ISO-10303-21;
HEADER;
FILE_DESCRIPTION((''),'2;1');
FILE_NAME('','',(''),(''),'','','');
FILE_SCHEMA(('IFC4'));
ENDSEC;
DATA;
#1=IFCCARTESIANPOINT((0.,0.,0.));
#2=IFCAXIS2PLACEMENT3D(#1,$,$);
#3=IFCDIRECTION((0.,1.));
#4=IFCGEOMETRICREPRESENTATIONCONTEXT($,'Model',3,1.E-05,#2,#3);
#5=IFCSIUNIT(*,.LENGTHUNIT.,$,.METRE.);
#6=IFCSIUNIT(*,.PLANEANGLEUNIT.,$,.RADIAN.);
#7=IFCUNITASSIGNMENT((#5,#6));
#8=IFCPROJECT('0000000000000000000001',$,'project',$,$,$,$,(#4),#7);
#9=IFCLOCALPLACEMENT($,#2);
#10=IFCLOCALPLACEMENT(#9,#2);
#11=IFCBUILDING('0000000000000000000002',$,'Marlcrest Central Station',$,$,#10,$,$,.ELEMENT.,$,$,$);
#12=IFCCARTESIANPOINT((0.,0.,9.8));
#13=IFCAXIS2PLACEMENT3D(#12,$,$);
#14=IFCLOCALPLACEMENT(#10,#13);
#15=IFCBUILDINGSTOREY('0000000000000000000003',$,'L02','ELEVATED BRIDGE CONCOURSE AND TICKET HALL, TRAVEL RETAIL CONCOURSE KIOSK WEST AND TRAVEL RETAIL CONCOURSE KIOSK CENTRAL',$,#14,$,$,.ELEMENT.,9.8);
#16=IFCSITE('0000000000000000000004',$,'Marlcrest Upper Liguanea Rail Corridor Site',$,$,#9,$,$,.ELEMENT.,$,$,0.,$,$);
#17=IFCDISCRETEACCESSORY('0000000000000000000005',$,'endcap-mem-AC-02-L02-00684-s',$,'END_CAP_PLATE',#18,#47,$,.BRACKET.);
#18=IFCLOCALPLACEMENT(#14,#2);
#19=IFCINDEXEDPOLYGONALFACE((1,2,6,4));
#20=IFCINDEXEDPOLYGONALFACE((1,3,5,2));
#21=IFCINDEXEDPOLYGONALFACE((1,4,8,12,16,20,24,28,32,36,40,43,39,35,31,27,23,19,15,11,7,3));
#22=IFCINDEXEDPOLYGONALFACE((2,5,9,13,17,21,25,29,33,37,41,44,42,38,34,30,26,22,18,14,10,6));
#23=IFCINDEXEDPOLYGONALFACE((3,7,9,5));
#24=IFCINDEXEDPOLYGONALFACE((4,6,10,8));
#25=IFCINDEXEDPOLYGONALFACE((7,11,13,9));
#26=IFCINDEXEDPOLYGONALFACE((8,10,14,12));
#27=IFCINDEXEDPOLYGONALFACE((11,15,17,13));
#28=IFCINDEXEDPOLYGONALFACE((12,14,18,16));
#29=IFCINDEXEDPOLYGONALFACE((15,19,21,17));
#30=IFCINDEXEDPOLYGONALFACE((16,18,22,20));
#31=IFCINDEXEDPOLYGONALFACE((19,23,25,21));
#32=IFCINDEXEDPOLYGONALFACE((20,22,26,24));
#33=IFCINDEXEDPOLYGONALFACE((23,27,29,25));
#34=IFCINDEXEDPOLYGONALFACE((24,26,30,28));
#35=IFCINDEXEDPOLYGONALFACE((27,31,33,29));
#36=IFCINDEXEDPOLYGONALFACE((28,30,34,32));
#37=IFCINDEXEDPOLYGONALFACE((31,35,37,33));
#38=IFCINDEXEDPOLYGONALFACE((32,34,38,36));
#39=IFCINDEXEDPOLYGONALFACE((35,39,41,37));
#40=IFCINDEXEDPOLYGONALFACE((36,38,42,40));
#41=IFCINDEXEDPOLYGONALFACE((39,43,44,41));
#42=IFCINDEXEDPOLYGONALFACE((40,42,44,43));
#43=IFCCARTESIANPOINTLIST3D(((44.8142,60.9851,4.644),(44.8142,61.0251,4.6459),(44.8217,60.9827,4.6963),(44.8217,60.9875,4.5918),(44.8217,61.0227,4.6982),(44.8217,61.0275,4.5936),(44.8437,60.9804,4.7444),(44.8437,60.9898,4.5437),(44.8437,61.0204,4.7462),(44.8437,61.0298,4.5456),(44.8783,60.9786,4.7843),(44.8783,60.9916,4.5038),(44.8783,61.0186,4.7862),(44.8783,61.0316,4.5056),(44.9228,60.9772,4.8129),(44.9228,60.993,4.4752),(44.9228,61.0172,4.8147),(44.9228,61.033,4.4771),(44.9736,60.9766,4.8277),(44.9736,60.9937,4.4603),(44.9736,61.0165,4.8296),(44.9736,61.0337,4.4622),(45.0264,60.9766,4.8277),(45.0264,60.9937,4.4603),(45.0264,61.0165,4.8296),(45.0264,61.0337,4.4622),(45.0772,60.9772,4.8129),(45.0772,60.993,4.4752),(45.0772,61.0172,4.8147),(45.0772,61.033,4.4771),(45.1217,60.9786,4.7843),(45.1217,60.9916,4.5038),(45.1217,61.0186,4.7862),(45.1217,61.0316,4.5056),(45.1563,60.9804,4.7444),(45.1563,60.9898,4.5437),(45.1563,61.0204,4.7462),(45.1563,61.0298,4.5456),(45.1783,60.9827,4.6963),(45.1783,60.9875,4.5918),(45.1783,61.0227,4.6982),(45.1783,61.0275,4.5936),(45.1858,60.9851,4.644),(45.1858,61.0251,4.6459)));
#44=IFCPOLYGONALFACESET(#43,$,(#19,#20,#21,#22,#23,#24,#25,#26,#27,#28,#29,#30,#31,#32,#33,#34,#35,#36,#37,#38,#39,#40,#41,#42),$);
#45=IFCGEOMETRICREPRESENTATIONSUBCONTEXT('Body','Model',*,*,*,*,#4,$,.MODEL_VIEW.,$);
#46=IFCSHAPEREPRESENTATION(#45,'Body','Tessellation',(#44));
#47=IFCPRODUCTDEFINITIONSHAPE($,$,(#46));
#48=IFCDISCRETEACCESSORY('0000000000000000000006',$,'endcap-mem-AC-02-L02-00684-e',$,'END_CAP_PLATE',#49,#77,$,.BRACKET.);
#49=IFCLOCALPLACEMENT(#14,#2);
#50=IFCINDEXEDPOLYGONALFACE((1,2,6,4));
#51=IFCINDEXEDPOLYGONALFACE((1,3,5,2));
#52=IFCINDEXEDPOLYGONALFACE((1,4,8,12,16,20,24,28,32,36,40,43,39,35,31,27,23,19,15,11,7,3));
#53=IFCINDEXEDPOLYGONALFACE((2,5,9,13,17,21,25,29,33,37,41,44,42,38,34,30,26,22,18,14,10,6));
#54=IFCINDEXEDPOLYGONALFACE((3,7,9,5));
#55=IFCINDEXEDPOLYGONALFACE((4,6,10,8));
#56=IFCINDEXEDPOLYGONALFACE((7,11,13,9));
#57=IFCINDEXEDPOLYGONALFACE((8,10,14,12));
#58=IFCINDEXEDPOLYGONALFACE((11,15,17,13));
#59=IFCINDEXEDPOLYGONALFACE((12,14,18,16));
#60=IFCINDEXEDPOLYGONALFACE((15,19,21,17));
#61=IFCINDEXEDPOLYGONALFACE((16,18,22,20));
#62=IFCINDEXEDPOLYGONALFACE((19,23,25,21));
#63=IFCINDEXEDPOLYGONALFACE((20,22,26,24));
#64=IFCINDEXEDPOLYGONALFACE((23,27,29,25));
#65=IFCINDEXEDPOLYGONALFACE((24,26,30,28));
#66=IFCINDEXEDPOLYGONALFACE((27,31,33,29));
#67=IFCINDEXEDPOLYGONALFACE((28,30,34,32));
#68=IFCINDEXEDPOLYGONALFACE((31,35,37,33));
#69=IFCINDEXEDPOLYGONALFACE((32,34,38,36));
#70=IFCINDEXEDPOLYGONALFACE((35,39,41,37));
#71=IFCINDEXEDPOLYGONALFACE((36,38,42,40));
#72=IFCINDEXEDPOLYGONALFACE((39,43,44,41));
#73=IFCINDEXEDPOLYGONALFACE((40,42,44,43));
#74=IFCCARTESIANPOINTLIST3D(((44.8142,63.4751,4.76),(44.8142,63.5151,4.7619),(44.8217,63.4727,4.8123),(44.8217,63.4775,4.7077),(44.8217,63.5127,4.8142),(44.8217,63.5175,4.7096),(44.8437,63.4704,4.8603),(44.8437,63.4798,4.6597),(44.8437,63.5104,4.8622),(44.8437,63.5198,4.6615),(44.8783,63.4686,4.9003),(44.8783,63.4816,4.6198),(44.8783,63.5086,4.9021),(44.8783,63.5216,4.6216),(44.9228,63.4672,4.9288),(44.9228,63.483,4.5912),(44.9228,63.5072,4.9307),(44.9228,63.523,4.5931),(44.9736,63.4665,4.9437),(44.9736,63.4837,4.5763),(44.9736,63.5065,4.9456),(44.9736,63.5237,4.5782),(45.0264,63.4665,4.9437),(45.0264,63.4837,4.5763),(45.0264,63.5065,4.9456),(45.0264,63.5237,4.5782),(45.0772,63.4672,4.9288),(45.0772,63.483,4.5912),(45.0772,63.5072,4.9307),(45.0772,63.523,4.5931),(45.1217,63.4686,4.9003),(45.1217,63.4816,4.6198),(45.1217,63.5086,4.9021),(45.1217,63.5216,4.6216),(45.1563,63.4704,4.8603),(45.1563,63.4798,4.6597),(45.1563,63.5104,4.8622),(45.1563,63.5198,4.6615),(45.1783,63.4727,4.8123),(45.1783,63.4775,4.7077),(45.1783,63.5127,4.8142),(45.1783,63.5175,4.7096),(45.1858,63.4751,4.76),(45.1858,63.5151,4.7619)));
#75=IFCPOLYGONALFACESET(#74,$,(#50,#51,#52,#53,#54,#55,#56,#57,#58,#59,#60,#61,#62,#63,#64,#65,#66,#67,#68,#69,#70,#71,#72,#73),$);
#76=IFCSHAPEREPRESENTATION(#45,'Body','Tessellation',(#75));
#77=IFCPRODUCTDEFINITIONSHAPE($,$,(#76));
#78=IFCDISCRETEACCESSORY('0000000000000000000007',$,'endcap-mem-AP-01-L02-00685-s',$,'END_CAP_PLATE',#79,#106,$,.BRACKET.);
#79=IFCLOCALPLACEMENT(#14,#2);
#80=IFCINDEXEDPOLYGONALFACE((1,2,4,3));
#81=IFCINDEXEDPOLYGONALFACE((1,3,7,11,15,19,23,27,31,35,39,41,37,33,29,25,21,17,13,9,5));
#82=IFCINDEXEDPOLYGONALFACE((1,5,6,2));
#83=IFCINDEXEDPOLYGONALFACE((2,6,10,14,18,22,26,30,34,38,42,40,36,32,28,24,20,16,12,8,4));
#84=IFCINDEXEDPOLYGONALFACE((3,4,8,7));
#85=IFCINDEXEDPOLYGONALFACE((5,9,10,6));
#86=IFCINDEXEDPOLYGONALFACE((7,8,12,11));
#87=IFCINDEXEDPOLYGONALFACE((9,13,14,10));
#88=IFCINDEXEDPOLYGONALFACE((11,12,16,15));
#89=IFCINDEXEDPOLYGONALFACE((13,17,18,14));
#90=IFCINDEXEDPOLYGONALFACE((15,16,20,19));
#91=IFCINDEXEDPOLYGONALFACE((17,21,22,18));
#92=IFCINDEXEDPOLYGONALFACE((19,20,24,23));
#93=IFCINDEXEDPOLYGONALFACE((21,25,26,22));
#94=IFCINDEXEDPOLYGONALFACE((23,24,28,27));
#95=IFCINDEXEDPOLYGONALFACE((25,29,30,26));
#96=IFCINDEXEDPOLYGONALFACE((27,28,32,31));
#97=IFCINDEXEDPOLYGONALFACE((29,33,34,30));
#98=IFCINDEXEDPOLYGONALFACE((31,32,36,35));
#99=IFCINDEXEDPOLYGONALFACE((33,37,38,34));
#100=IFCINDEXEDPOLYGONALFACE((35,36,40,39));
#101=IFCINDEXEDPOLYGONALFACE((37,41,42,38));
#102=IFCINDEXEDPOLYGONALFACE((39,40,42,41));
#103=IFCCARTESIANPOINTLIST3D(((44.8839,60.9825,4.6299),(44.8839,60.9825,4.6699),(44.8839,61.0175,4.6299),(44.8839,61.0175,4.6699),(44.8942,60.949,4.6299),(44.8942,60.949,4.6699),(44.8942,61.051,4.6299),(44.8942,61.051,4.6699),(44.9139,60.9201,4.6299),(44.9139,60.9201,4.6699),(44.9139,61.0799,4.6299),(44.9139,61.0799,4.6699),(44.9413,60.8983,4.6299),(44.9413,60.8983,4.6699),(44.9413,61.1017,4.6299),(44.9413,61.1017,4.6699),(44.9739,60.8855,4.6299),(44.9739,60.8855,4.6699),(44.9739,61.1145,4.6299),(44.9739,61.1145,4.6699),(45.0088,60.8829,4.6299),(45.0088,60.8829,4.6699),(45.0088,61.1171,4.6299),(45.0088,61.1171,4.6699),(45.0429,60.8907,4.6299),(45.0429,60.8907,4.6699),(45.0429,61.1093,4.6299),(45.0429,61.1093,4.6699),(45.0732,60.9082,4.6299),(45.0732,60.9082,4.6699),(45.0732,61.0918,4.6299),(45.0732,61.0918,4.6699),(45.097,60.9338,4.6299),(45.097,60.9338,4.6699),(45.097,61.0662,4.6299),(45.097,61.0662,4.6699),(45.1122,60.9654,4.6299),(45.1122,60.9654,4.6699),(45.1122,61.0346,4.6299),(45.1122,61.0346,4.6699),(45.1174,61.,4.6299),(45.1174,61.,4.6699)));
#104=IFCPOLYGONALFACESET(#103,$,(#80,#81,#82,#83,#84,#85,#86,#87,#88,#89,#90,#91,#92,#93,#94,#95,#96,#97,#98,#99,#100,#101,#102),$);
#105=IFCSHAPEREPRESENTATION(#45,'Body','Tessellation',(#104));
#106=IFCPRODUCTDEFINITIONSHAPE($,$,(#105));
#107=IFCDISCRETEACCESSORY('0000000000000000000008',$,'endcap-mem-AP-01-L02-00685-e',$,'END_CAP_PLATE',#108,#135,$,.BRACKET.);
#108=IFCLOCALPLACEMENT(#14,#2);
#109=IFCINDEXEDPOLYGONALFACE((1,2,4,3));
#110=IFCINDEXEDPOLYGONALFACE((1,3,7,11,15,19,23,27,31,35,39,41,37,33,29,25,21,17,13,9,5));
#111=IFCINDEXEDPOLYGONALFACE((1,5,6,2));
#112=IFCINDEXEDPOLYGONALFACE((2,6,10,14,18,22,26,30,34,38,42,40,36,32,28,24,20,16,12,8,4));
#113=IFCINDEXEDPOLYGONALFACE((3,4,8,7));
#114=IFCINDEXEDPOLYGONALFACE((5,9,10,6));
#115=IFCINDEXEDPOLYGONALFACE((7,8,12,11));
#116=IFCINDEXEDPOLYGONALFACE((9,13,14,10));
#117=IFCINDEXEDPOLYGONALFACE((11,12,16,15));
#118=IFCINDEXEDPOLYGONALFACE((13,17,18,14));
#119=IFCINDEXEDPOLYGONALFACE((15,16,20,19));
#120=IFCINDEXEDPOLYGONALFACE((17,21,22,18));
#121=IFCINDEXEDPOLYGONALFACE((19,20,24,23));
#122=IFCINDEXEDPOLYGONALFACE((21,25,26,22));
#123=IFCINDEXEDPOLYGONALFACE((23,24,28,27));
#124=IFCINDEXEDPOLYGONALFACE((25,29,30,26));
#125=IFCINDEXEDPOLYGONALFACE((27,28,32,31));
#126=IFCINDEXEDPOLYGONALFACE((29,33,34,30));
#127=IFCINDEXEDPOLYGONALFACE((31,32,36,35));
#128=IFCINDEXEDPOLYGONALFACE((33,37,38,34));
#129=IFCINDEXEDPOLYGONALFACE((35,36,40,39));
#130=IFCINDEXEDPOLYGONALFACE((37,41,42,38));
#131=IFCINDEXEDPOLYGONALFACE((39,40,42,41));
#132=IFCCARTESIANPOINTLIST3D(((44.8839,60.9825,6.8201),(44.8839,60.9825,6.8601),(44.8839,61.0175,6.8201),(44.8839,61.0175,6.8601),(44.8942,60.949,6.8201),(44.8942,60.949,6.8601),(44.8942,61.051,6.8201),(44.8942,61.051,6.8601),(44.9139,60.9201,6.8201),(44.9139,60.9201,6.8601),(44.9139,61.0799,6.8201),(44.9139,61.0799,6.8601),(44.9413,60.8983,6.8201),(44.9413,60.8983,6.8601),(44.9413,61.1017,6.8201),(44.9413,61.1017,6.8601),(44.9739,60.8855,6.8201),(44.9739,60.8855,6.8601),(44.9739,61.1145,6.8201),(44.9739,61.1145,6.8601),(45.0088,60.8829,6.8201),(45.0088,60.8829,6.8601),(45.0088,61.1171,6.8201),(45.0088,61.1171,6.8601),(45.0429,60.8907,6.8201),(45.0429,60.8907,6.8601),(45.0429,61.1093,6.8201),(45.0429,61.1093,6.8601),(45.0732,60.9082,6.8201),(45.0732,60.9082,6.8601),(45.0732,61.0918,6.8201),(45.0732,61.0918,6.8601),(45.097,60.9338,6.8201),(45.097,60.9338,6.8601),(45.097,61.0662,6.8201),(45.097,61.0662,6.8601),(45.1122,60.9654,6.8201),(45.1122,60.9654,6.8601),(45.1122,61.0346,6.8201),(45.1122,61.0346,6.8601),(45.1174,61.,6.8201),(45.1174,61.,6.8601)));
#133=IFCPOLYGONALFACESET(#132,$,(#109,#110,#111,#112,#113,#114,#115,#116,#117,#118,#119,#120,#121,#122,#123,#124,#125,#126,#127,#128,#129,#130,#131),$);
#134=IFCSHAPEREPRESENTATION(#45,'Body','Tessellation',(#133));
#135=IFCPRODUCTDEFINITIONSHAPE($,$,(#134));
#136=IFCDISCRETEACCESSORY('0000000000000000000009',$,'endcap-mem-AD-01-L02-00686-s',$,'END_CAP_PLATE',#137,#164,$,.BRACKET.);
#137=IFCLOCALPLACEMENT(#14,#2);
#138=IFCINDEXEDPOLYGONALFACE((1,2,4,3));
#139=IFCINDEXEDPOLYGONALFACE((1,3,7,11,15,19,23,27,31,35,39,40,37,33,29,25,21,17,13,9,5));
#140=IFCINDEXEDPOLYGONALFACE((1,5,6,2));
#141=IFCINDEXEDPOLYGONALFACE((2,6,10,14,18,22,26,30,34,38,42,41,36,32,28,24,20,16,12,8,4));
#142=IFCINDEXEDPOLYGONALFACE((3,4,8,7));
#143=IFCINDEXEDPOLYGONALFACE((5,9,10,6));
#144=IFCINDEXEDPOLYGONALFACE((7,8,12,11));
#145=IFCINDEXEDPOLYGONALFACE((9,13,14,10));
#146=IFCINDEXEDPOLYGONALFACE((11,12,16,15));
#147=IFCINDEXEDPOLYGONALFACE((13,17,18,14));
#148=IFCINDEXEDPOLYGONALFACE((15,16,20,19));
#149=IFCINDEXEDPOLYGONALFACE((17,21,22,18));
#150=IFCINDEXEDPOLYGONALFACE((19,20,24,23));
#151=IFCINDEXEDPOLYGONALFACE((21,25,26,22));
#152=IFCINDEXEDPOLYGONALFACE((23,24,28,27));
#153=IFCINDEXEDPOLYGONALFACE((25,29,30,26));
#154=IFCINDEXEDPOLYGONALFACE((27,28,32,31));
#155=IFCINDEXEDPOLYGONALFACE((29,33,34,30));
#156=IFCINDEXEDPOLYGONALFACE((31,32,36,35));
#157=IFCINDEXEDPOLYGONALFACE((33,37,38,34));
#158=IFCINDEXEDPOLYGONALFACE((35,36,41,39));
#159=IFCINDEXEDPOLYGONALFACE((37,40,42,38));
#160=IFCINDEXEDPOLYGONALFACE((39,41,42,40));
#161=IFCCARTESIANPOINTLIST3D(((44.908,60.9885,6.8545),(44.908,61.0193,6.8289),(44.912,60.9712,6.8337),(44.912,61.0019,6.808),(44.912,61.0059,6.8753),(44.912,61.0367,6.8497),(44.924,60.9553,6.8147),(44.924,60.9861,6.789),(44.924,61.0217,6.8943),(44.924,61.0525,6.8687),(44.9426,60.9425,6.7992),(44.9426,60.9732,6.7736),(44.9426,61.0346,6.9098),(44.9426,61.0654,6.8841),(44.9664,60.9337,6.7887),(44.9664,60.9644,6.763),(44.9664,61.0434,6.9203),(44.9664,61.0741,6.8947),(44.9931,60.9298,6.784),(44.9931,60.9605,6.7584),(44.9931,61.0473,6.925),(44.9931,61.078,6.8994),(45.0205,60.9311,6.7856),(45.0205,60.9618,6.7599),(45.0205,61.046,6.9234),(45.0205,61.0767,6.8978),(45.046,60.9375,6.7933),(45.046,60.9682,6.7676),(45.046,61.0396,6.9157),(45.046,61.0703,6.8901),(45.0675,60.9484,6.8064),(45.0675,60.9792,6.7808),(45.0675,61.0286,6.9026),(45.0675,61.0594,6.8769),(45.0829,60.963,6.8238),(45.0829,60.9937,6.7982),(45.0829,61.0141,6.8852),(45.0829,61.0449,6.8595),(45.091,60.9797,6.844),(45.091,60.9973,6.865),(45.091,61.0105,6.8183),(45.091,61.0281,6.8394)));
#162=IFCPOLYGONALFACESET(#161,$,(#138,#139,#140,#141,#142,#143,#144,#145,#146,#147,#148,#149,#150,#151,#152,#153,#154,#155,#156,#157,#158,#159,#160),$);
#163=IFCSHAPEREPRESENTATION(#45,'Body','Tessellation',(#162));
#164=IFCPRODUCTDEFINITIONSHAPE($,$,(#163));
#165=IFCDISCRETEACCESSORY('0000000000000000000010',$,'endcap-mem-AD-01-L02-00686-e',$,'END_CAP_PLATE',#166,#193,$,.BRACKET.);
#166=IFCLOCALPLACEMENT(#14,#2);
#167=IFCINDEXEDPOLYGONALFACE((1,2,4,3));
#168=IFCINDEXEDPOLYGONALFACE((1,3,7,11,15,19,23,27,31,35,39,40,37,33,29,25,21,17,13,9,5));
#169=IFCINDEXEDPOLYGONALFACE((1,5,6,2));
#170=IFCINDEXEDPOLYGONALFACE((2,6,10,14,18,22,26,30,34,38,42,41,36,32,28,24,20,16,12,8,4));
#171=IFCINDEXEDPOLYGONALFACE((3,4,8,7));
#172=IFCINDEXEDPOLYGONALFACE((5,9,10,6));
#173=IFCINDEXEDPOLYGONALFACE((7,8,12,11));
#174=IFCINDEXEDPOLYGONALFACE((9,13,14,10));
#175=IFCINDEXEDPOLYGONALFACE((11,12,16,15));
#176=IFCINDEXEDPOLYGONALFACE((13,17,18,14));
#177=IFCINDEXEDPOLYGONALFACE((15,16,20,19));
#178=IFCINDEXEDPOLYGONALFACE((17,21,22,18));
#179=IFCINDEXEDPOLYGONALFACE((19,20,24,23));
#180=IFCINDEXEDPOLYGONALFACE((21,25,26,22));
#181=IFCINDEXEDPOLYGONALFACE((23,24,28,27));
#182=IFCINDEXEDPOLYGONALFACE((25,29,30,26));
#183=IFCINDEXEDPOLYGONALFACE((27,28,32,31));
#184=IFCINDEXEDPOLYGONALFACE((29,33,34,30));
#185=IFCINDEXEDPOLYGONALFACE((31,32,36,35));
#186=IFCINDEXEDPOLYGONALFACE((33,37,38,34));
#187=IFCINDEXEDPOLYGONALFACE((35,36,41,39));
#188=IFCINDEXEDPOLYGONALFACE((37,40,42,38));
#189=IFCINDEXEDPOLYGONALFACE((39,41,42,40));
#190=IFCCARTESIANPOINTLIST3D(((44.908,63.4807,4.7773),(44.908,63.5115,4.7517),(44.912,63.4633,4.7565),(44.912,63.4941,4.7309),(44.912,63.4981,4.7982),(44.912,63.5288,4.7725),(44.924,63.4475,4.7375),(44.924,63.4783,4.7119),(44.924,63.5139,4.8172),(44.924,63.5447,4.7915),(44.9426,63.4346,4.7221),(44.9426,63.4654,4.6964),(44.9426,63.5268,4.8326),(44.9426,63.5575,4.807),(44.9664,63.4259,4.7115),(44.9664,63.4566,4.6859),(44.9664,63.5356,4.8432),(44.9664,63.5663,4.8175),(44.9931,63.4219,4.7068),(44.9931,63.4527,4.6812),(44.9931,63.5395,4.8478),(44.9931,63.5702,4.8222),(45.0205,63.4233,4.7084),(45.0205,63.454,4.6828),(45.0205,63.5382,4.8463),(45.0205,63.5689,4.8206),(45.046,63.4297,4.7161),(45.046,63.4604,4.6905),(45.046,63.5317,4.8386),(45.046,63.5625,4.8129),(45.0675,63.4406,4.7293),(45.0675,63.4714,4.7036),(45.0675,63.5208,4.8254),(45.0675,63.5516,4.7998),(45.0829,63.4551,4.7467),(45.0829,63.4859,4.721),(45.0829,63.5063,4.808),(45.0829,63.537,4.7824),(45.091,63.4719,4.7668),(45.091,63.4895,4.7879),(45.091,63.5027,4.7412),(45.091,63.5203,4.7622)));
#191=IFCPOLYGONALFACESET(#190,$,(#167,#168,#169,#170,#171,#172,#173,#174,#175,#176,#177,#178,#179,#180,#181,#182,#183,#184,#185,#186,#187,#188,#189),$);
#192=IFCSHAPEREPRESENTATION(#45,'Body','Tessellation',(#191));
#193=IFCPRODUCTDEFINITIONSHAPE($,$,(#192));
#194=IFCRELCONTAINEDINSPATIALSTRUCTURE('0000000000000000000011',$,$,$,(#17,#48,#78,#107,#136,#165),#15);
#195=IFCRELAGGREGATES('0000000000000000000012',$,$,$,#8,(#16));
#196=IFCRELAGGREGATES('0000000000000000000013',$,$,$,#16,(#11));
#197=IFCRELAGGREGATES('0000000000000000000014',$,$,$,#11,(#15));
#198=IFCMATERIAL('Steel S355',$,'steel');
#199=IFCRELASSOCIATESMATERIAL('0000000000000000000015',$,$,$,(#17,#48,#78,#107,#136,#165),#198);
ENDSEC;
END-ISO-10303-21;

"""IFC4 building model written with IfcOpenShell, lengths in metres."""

from ifc_helpers import new_model, si_unit, direction, frame, origin, origin_2d, place, context, subcontext, project, spatial, circle, extrude, material, element, save


model = new_model("IFC4")

# Units and contexts
model_context = context("Model", 3, precision=1e-05, world=origin(), true_north=direction((0.0, 1.0)))
body_context = subcontext(model_context, "Body", "Model", "MODEL_VIEW")
ifc_project = project(units=[si_unit("LENGTHUNIT", "METRE"), si_unit("PLANEANGLEUNIT", "RADIAN")], contexts=[model_context])

# Site, building, storey
site_placement = place(None, origin())
site = spatial("IfcSite", under=ifc_project, at=site_placement, Name="Marlcrest Upper Liguanea Rail Corridor Site", CompositionType="ELEMENT", RefElevation=0.0)
building_placement = place(site_placement, origin())
building = spatial("IfcBuilding", under=site, at=building_placement, Name="Marlcrest Central Station", CompositionType="ELEMENT")
storey_placement = place(building_placement, frame((0.0, 0.0, 9.8)))
storey = spatial("IfcBuildingStorey", under=building, at=storey_placement, Name="L02", Description="ELEVATED BRIDGE CONCOURSE AND TICKET HALL, TRAVEL RETAIL CONCOURSE KIOSK WEST AND TRAVEL RETAIL CONCOURSE KIOSK CENTRAL", CompositionType="ELEMENT", Elevation=9.8)

# Shared definitions
ifc_material = material(Name="Steel S355", Category="steel")

# Discrete accessories
for number, where, z_axis, x_axis, name in (
    (1, (45.0, 60.9851, 4.644), (0.0, 0.998917, 0.046532), (-1.0, 0.0, 0.0), "endcap-mem-AC-02-L02-00684-s"),
    (2, (45.0, 63.4751, 4.76), (0.0, 0.998917, 0.046532), (-1.0, 0.0, 0.0), "endcap-mem-AC-02-L02-00684-e"),
):
    element("IfcDiscreteAccessory", number, at=place(storey_placement, frame(where, z_axis=z_axis, x_axis=x_axis)), inside=storey, material=ifc_material, Name=name, ObjectType="END_CAP_PLATE", PredefinedType="BRACKET", context=body_context, shape_type="SweptSolid", body=[
        extrude(circle(Radius=0.1858, at=origin_2d()), origin(), (0.0, 0.0, 1.0), 0.04),
    ])
for number, where, z_axis, x_axis, name in (
    (3, (45.0, 61.0, 4.6299), (0.0, 0.0, 1.0), (1.0, 0.0, 0.0), "endcap-mem-AP-01-L02-00685-s"),
    (4, (45.0, 61.0, 6.8201), (0.0, 0.0, 1.0), (1.0, 0.0, 0.0), "endcap-mem-AP-01-L02-00685-e"),
):
    element("IfcDiscreteAccessory", number, at=place(storey_placement, frame(where, z_axis=z_axis, x_axis=x_axis)), inside=storey, material=ifc_material, Name=name, ObjectType="END_CAP_PLATE", PredefinedType="BRACKET", context=body_context, shape_type="SweptSolid", body=[
        extrude(circle(Radius=0.1174, at=origin_2d()), origin(), (0.0, 0.0, 1.0), 0.04),
    ])
for number, where, z_axis, x_axis, name in (
    (5, (45.0, 60.9885, 6.8545), (0.0, 0.76816, -0.640258), (-1.0, 0.0, 0.0), "endcap-mem-AD-01-L02-00686-s"),
    (6, (45.0, 63.4807, 4.7773), (0.0, 0.76816, -0.640258), (-1.0, 0.0, 0.0), "endcap-mem-AD-01-L02-00686-e"),
):
    element("IfcDiscreteAccessory", number, at=place(storey_placement, frame(where, z_axis=z_axis, x_axis=x_axis)), inside=storey, material=ifc_material, Name=name, ObjectType="END_CAP_PLATE", PredefinedType="BRACKET", context=body_context, shape_type="SweptSolid", body=[
        extrude(circle(Radius=0.092, at=origin_2d()), origin(), (0.0, 0.0, 1.0), 0.04),
    ])

save(model, "model.ifc")
